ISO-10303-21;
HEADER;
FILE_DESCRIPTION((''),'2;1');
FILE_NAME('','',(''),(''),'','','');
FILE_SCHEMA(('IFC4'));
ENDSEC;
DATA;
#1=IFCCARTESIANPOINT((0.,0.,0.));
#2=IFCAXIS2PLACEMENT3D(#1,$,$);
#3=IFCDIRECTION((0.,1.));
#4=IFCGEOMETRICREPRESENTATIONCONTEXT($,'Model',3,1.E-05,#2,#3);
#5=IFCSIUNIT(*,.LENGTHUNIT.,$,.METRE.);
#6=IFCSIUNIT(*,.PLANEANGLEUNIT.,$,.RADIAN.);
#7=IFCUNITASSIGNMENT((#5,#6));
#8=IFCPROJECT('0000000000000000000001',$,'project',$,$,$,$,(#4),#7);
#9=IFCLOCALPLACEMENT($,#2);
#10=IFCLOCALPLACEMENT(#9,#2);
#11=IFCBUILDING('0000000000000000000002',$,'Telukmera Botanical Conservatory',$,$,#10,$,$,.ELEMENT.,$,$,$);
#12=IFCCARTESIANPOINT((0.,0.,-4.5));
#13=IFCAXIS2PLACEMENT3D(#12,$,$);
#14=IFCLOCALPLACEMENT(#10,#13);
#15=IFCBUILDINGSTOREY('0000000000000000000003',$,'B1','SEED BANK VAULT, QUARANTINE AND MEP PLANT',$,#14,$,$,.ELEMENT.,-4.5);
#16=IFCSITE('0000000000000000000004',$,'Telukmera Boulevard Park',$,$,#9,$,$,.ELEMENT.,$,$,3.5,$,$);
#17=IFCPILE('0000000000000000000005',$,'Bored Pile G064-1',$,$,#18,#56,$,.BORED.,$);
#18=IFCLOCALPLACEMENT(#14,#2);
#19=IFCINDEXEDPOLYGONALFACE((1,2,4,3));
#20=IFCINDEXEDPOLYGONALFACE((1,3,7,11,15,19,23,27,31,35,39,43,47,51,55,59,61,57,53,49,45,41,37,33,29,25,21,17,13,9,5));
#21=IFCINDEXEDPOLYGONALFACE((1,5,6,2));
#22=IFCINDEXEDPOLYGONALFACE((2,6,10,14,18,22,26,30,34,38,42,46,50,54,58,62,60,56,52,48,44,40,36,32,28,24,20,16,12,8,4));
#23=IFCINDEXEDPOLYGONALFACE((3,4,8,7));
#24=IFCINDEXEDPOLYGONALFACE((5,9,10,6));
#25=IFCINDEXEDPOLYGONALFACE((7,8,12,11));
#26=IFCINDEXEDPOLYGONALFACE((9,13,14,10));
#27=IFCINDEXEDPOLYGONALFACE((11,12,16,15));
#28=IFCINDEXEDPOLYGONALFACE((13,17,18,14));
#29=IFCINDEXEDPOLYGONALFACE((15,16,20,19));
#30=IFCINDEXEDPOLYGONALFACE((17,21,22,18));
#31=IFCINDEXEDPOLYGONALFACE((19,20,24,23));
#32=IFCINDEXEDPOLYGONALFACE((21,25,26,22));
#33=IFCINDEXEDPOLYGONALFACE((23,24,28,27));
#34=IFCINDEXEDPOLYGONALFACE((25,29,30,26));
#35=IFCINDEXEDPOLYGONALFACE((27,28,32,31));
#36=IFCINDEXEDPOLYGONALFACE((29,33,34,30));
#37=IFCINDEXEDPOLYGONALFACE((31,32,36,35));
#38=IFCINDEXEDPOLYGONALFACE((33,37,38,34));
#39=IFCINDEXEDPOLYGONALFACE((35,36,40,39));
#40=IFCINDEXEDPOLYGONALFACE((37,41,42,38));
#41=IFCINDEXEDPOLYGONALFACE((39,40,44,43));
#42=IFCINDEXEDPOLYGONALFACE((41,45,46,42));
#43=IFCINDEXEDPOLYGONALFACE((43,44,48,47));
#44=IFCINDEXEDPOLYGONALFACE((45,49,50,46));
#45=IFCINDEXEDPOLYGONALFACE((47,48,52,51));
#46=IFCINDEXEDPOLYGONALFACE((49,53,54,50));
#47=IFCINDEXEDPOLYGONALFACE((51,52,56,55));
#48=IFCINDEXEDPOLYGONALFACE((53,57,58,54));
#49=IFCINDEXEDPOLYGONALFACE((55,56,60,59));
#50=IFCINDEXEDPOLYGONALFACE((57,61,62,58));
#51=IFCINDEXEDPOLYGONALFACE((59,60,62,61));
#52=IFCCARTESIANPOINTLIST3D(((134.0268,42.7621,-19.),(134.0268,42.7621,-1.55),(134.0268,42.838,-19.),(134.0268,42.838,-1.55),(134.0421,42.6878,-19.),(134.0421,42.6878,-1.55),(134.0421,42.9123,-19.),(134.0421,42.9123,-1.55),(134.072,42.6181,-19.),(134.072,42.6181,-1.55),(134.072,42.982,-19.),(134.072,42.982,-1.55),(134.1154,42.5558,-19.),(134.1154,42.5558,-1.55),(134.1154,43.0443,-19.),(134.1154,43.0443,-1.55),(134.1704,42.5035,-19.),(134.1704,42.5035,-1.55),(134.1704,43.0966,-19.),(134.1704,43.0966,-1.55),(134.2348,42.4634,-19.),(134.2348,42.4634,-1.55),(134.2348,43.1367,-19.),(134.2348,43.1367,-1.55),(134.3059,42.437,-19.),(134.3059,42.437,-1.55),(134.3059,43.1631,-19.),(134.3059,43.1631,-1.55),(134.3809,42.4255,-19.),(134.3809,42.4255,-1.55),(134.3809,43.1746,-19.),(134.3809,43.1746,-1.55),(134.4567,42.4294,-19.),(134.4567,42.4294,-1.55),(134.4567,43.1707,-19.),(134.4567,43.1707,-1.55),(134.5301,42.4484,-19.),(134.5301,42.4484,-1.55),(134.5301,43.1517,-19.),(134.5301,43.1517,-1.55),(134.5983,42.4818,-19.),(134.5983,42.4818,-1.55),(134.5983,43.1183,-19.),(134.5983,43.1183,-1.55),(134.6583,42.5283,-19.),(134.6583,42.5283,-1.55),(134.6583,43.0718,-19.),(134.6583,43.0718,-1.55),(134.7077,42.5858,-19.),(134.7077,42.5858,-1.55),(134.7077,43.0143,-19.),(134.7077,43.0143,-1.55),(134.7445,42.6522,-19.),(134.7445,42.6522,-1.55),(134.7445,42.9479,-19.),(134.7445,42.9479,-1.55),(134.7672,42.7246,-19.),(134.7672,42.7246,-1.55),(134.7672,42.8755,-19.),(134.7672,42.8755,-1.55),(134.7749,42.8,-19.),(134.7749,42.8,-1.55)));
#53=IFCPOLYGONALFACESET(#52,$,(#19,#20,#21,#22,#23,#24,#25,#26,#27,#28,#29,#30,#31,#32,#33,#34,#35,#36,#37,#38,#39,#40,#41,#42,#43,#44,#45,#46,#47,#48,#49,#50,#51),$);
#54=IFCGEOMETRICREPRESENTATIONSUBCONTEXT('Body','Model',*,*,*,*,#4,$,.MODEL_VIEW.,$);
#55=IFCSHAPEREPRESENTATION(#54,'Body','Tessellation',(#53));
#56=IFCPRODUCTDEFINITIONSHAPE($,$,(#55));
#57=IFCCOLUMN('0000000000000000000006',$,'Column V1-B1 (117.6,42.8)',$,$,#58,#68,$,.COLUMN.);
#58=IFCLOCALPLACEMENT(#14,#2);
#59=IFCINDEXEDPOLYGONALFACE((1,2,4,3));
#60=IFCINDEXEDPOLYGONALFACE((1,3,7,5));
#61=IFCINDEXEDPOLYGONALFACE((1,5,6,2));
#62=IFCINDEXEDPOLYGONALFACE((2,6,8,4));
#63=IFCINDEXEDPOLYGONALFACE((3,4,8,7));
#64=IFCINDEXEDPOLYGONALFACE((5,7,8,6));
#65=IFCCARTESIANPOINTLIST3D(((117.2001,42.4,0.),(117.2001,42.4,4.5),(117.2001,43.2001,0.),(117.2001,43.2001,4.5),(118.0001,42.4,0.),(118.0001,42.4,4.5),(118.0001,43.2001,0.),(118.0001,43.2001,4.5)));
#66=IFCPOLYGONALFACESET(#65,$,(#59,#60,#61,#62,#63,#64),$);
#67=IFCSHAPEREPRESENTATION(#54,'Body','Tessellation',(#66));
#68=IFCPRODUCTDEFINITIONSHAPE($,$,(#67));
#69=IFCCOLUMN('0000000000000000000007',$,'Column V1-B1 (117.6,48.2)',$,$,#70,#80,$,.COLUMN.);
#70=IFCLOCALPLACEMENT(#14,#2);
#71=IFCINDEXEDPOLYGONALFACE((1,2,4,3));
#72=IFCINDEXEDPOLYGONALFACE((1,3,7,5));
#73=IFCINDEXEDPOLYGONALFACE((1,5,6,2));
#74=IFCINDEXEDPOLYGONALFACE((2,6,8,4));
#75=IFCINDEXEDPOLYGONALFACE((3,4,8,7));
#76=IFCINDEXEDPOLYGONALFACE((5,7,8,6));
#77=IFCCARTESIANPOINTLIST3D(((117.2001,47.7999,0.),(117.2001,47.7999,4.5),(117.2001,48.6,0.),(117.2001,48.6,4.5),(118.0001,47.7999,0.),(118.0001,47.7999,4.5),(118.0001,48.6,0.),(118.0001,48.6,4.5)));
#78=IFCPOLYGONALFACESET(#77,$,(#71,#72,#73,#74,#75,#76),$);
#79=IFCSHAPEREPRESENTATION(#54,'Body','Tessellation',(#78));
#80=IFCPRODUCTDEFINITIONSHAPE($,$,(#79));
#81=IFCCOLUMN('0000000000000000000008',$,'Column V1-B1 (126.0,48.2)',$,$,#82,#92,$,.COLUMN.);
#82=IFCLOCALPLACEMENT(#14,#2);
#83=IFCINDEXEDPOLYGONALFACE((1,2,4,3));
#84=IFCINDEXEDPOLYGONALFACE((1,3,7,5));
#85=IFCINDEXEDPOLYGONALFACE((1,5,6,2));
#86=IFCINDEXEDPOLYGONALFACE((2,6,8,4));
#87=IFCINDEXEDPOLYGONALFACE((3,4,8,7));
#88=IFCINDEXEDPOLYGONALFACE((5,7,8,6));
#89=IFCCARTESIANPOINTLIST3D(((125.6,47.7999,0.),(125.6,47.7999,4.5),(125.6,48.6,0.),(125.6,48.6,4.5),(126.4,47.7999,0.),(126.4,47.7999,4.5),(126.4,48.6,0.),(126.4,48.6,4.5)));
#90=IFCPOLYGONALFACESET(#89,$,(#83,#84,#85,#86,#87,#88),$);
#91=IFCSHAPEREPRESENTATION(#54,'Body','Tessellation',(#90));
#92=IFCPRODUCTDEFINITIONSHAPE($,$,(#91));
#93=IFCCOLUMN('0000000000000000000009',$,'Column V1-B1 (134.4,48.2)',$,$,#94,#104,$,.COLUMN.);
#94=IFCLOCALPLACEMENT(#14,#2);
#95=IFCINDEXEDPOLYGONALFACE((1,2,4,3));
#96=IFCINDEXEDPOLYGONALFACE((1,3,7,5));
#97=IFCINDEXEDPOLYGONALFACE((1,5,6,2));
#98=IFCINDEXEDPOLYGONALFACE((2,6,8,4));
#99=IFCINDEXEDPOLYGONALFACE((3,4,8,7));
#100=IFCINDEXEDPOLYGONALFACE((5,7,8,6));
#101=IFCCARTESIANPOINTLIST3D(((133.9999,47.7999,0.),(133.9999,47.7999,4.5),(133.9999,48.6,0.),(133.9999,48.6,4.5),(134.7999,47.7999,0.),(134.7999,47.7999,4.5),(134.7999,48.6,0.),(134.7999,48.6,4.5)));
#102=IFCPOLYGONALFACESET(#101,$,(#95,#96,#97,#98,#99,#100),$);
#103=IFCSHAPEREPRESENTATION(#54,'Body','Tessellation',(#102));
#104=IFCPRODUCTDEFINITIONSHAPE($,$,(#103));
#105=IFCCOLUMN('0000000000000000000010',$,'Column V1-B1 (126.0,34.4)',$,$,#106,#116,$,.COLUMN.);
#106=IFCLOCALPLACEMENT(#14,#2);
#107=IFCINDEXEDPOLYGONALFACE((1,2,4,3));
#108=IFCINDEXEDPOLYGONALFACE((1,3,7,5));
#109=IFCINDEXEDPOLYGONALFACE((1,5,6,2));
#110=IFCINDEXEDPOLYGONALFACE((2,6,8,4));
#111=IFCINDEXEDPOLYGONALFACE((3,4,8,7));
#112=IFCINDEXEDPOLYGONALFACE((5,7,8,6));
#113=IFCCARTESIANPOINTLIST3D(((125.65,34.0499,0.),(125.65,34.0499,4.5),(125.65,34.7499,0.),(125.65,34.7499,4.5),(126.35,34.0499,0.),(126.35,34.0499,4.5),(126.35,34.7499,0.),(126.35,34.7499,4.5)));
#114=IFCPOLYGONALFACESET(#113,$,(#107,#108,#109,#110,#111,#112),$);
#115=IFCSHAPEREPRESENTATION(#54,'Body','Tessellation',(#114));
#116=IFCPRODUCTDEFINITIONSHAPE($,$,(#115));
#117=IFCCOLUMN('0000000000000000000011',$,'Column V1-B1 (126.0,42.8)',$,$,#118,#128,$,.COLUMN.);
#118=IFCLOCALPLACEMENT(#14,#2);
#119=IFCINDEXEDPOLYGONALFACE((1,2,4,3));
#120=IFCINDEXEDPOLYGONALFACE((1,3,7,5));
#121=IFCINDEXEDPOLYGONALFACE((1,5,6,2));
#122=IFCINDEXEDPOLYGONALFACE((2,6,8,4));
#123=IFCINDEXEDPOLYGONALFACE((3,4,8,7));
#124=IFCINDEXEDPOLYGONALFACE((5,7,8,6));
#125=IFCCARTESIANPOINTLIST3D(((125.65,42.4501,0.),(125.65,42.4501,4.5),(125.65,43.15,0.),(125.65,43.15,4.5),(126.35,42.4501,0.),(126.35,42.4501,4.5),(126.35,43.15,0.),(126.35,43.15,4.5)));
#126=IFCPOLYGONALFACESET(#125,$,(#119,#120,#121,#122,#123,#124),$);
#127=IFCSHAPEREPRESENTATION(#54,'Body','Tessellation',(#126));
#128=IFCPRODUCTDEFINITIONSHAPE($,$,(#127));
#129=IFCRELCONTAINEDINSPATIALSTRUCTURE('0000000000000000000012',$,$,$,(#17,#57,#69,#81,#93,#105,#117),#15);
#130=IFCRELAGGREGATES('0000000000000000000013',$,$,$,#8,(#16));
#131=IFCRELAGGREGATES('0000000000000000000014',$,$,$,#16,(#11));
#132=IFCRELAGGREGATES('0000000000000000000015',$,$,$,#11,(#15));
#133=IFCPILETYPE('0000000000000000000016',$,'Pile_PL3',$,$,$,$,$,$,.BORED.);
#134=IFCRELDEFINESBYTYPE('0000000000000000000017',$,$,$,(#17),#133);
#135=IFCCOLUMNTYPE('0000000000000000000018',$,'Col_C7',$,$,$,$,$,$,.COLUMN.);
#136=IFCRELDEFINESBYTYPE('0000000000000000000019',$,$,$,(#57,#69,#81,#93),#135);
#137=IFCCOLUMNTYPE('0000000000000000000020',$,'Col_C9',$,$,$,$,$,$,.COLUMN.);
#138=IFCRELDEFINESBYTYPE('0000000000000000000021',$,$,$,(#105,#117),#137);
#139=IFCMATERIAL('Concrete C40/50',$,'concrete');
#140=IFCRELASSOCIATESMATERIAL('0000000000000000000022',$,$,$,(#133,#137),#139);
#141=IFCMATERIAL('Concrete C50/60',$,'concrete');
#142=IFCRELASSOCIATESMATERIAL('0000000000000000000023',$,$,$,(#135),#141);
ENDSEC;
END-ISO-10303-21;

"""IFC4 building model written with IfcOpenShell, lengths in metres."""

from ifc_helpers import new_model, si_unit, direction, frame, origin, origin_2d, place, context, subcontext, project, spatial, rectangle, circle, extrude, material, material_profile, profile_set, type_object, element, save


model = new_model("IFC4")

# Units and contexts
model_context = context("Model", 3, precision=1e-05, world=origin(), true_north=direction((0.0, 1.0)))
body_context = subcontext(model_context, "Body", "Model", "MODEL_VIEW")
ifc_project = project(units=[si_unit("LENGTHUNIT", "METRE"), si_unit("PLANEANGLEUNIT", "RADIAN")], contexts=[model_context])

# Site, building, storey
site_placement = place(None, origin())
site = spatial("IfcSite", under=ifc_project, at=site_placement, Name="Telukmera Boulevard Park", CompositionType="ELEMENT", RefElevation=3.5)
building_placement = place(site_placement, origin())
building = spatial("IfcBuilding", under=site, at=building_placement, Name="Telukmera Botanical Conservatory", CompositionType="ELEMENT")
storey_placement = place(building_placement, frame((0.0, 0.0, -4.5)))
storey = spatial("IfcBuildingStorey", under=building, at=storey_placement, Name="B1", Description="SEED BANK VAULT, QUARANTINE AND MEP PLANT", CompositionType="ELEMENT", Elevation=-4.5)

# Shared definitions
ifc_material_1 = material(Name="Concrete C50/60", Category="concrete")
ifc_material_2 = material(Name="Concrete C40/50", Category="concrete")

# Pile
ifc_material_profile_1 = material_profile(ifc_material_2, circle(Radius=0.375, at=origin_2d()), Name="PILE D750")
ifc_profile_set_1 = profile_set([ifc_material_profile_1], Name="Concrete C40/50")
pile_type = type_object("IfcPileType", Name="Pile_PL3", PredefinedType="BORED", material=ifc_profile_set_1)
for number, where, z_axis, x_axis, name in (
    (1, (134.3999, 42.8, -1.55), (0.0, 0.0, -1.0), (1.0, 0.0, 0.0), "Bored Pile G064-1"),
):
    element("IfcPile", number, at=place(storey_placement, frame(where, z_axis=z_axis, x_axis=x_axis)), inside=storey, type_object=pile_type, Name=name, PredefinedType="BORED", context=body_context, shape_type="SweptSolid", body=[
        extrude(circle(Radius=0.375, at=origin_2d()), origin(), (0.0, 0.0, 1.0), 17.45),
    ])

# Columns
ifc_material_profile_2 = material_profile(ifc_material_1, rectangle(XDim=0.8, YDim=0.8, at=origin_2d()), Name="RC 800x800")
ifc_profile_set_2 = profile_set([ifc_material_profile_2], Name="Concrete C50/60")
column_type_1 = type_object("IfcColumnType", Name="Col_C7", PredefinedType="COLUMN", material=ifc_profile_set_2)
for number, where, z_axis, x_axis, name in (
    (2, (117.6001, 42.8, 0.0), (0.0, 0.0, 1.0), (1.0, 0.0, 0.0), "Column V1-B1 (117.6,42.8)"),
    (3, (117.6001, 48.2, 0.0), (0.0, 0.0, 1.0), (1.0, 0.0, 0.0), "Column V1-B1 (117.6,48.2)"),
    (4, (126.0, 48.2, 0.0), (0.0, 0.0, 1.0), (1.0, 0.0, 0.0), "Column V1-B1 (126.0,48.2)"),
    (5, (134.3999, 48.2, 0.0), (0.0, 0.0, 1.0), (1.0, 0.0, 0.0), "Column V1-B1 (134.4,48.2)"),
):
    element("IfcColumn", number, at=place(storey_placement, frame(where, z_axis=z_axis, x_axis=x_axis)), inside=storey, type_object=column_type_1, Name=name, PredefinedType="COLUMN", context=body_context, shape_type="SweptSolid", body=[
        extrude(rectangle(XDim=0.8, YDim=0.8, at=origin_2d()), origin(), (0.0, 0.0, 1.0), 4.5),
    ])
ifc_material_profile_3 = material_profile(ifc_material_2, rectangle(XDim=0.7, YDim=0.7, at=origin_2d()), Name="RC 700x700")
ifc_profile_set_3 = profile_set([ifc_material_profile_3], Name="Concrete C40/50")
column_type_2 = type_object("IfcColumnType", Name="Col_C9", PredefinedType="COLUMN", material=ifc_profile_set_3)
for number, where, z_axis, x_axis, name in (
    (6, (126.0, 34.3999, 0.0), (0.0, 0.0, 1.0), (1.0, 0.0, 0.0), "Column V1-B1 (126.0,34.4)"),
    (7, (126.0, 42.8, 0.0), (0.0, 0.0, 1.0), (1.0, 0.0, 0.0), "Column V1-B1 (126.0,42.8)"),
):
    element("IfcColumn", number, at=place(storey_placement, frame(where, z_axis=z_axis, x_axis=x_axis)), inside=storey, type_object=column_type_2, Name=name, PredefinedType="COLUMN", context=body_context, shape_type="SweptSolid", body=[
        extrude(rectangle(XDim=0.7, YDim=0.7, at=origin_2d()), origin(), (0.0, 0.0, 1.0), 4.5),
    ])

save(model, "model.ifc")
